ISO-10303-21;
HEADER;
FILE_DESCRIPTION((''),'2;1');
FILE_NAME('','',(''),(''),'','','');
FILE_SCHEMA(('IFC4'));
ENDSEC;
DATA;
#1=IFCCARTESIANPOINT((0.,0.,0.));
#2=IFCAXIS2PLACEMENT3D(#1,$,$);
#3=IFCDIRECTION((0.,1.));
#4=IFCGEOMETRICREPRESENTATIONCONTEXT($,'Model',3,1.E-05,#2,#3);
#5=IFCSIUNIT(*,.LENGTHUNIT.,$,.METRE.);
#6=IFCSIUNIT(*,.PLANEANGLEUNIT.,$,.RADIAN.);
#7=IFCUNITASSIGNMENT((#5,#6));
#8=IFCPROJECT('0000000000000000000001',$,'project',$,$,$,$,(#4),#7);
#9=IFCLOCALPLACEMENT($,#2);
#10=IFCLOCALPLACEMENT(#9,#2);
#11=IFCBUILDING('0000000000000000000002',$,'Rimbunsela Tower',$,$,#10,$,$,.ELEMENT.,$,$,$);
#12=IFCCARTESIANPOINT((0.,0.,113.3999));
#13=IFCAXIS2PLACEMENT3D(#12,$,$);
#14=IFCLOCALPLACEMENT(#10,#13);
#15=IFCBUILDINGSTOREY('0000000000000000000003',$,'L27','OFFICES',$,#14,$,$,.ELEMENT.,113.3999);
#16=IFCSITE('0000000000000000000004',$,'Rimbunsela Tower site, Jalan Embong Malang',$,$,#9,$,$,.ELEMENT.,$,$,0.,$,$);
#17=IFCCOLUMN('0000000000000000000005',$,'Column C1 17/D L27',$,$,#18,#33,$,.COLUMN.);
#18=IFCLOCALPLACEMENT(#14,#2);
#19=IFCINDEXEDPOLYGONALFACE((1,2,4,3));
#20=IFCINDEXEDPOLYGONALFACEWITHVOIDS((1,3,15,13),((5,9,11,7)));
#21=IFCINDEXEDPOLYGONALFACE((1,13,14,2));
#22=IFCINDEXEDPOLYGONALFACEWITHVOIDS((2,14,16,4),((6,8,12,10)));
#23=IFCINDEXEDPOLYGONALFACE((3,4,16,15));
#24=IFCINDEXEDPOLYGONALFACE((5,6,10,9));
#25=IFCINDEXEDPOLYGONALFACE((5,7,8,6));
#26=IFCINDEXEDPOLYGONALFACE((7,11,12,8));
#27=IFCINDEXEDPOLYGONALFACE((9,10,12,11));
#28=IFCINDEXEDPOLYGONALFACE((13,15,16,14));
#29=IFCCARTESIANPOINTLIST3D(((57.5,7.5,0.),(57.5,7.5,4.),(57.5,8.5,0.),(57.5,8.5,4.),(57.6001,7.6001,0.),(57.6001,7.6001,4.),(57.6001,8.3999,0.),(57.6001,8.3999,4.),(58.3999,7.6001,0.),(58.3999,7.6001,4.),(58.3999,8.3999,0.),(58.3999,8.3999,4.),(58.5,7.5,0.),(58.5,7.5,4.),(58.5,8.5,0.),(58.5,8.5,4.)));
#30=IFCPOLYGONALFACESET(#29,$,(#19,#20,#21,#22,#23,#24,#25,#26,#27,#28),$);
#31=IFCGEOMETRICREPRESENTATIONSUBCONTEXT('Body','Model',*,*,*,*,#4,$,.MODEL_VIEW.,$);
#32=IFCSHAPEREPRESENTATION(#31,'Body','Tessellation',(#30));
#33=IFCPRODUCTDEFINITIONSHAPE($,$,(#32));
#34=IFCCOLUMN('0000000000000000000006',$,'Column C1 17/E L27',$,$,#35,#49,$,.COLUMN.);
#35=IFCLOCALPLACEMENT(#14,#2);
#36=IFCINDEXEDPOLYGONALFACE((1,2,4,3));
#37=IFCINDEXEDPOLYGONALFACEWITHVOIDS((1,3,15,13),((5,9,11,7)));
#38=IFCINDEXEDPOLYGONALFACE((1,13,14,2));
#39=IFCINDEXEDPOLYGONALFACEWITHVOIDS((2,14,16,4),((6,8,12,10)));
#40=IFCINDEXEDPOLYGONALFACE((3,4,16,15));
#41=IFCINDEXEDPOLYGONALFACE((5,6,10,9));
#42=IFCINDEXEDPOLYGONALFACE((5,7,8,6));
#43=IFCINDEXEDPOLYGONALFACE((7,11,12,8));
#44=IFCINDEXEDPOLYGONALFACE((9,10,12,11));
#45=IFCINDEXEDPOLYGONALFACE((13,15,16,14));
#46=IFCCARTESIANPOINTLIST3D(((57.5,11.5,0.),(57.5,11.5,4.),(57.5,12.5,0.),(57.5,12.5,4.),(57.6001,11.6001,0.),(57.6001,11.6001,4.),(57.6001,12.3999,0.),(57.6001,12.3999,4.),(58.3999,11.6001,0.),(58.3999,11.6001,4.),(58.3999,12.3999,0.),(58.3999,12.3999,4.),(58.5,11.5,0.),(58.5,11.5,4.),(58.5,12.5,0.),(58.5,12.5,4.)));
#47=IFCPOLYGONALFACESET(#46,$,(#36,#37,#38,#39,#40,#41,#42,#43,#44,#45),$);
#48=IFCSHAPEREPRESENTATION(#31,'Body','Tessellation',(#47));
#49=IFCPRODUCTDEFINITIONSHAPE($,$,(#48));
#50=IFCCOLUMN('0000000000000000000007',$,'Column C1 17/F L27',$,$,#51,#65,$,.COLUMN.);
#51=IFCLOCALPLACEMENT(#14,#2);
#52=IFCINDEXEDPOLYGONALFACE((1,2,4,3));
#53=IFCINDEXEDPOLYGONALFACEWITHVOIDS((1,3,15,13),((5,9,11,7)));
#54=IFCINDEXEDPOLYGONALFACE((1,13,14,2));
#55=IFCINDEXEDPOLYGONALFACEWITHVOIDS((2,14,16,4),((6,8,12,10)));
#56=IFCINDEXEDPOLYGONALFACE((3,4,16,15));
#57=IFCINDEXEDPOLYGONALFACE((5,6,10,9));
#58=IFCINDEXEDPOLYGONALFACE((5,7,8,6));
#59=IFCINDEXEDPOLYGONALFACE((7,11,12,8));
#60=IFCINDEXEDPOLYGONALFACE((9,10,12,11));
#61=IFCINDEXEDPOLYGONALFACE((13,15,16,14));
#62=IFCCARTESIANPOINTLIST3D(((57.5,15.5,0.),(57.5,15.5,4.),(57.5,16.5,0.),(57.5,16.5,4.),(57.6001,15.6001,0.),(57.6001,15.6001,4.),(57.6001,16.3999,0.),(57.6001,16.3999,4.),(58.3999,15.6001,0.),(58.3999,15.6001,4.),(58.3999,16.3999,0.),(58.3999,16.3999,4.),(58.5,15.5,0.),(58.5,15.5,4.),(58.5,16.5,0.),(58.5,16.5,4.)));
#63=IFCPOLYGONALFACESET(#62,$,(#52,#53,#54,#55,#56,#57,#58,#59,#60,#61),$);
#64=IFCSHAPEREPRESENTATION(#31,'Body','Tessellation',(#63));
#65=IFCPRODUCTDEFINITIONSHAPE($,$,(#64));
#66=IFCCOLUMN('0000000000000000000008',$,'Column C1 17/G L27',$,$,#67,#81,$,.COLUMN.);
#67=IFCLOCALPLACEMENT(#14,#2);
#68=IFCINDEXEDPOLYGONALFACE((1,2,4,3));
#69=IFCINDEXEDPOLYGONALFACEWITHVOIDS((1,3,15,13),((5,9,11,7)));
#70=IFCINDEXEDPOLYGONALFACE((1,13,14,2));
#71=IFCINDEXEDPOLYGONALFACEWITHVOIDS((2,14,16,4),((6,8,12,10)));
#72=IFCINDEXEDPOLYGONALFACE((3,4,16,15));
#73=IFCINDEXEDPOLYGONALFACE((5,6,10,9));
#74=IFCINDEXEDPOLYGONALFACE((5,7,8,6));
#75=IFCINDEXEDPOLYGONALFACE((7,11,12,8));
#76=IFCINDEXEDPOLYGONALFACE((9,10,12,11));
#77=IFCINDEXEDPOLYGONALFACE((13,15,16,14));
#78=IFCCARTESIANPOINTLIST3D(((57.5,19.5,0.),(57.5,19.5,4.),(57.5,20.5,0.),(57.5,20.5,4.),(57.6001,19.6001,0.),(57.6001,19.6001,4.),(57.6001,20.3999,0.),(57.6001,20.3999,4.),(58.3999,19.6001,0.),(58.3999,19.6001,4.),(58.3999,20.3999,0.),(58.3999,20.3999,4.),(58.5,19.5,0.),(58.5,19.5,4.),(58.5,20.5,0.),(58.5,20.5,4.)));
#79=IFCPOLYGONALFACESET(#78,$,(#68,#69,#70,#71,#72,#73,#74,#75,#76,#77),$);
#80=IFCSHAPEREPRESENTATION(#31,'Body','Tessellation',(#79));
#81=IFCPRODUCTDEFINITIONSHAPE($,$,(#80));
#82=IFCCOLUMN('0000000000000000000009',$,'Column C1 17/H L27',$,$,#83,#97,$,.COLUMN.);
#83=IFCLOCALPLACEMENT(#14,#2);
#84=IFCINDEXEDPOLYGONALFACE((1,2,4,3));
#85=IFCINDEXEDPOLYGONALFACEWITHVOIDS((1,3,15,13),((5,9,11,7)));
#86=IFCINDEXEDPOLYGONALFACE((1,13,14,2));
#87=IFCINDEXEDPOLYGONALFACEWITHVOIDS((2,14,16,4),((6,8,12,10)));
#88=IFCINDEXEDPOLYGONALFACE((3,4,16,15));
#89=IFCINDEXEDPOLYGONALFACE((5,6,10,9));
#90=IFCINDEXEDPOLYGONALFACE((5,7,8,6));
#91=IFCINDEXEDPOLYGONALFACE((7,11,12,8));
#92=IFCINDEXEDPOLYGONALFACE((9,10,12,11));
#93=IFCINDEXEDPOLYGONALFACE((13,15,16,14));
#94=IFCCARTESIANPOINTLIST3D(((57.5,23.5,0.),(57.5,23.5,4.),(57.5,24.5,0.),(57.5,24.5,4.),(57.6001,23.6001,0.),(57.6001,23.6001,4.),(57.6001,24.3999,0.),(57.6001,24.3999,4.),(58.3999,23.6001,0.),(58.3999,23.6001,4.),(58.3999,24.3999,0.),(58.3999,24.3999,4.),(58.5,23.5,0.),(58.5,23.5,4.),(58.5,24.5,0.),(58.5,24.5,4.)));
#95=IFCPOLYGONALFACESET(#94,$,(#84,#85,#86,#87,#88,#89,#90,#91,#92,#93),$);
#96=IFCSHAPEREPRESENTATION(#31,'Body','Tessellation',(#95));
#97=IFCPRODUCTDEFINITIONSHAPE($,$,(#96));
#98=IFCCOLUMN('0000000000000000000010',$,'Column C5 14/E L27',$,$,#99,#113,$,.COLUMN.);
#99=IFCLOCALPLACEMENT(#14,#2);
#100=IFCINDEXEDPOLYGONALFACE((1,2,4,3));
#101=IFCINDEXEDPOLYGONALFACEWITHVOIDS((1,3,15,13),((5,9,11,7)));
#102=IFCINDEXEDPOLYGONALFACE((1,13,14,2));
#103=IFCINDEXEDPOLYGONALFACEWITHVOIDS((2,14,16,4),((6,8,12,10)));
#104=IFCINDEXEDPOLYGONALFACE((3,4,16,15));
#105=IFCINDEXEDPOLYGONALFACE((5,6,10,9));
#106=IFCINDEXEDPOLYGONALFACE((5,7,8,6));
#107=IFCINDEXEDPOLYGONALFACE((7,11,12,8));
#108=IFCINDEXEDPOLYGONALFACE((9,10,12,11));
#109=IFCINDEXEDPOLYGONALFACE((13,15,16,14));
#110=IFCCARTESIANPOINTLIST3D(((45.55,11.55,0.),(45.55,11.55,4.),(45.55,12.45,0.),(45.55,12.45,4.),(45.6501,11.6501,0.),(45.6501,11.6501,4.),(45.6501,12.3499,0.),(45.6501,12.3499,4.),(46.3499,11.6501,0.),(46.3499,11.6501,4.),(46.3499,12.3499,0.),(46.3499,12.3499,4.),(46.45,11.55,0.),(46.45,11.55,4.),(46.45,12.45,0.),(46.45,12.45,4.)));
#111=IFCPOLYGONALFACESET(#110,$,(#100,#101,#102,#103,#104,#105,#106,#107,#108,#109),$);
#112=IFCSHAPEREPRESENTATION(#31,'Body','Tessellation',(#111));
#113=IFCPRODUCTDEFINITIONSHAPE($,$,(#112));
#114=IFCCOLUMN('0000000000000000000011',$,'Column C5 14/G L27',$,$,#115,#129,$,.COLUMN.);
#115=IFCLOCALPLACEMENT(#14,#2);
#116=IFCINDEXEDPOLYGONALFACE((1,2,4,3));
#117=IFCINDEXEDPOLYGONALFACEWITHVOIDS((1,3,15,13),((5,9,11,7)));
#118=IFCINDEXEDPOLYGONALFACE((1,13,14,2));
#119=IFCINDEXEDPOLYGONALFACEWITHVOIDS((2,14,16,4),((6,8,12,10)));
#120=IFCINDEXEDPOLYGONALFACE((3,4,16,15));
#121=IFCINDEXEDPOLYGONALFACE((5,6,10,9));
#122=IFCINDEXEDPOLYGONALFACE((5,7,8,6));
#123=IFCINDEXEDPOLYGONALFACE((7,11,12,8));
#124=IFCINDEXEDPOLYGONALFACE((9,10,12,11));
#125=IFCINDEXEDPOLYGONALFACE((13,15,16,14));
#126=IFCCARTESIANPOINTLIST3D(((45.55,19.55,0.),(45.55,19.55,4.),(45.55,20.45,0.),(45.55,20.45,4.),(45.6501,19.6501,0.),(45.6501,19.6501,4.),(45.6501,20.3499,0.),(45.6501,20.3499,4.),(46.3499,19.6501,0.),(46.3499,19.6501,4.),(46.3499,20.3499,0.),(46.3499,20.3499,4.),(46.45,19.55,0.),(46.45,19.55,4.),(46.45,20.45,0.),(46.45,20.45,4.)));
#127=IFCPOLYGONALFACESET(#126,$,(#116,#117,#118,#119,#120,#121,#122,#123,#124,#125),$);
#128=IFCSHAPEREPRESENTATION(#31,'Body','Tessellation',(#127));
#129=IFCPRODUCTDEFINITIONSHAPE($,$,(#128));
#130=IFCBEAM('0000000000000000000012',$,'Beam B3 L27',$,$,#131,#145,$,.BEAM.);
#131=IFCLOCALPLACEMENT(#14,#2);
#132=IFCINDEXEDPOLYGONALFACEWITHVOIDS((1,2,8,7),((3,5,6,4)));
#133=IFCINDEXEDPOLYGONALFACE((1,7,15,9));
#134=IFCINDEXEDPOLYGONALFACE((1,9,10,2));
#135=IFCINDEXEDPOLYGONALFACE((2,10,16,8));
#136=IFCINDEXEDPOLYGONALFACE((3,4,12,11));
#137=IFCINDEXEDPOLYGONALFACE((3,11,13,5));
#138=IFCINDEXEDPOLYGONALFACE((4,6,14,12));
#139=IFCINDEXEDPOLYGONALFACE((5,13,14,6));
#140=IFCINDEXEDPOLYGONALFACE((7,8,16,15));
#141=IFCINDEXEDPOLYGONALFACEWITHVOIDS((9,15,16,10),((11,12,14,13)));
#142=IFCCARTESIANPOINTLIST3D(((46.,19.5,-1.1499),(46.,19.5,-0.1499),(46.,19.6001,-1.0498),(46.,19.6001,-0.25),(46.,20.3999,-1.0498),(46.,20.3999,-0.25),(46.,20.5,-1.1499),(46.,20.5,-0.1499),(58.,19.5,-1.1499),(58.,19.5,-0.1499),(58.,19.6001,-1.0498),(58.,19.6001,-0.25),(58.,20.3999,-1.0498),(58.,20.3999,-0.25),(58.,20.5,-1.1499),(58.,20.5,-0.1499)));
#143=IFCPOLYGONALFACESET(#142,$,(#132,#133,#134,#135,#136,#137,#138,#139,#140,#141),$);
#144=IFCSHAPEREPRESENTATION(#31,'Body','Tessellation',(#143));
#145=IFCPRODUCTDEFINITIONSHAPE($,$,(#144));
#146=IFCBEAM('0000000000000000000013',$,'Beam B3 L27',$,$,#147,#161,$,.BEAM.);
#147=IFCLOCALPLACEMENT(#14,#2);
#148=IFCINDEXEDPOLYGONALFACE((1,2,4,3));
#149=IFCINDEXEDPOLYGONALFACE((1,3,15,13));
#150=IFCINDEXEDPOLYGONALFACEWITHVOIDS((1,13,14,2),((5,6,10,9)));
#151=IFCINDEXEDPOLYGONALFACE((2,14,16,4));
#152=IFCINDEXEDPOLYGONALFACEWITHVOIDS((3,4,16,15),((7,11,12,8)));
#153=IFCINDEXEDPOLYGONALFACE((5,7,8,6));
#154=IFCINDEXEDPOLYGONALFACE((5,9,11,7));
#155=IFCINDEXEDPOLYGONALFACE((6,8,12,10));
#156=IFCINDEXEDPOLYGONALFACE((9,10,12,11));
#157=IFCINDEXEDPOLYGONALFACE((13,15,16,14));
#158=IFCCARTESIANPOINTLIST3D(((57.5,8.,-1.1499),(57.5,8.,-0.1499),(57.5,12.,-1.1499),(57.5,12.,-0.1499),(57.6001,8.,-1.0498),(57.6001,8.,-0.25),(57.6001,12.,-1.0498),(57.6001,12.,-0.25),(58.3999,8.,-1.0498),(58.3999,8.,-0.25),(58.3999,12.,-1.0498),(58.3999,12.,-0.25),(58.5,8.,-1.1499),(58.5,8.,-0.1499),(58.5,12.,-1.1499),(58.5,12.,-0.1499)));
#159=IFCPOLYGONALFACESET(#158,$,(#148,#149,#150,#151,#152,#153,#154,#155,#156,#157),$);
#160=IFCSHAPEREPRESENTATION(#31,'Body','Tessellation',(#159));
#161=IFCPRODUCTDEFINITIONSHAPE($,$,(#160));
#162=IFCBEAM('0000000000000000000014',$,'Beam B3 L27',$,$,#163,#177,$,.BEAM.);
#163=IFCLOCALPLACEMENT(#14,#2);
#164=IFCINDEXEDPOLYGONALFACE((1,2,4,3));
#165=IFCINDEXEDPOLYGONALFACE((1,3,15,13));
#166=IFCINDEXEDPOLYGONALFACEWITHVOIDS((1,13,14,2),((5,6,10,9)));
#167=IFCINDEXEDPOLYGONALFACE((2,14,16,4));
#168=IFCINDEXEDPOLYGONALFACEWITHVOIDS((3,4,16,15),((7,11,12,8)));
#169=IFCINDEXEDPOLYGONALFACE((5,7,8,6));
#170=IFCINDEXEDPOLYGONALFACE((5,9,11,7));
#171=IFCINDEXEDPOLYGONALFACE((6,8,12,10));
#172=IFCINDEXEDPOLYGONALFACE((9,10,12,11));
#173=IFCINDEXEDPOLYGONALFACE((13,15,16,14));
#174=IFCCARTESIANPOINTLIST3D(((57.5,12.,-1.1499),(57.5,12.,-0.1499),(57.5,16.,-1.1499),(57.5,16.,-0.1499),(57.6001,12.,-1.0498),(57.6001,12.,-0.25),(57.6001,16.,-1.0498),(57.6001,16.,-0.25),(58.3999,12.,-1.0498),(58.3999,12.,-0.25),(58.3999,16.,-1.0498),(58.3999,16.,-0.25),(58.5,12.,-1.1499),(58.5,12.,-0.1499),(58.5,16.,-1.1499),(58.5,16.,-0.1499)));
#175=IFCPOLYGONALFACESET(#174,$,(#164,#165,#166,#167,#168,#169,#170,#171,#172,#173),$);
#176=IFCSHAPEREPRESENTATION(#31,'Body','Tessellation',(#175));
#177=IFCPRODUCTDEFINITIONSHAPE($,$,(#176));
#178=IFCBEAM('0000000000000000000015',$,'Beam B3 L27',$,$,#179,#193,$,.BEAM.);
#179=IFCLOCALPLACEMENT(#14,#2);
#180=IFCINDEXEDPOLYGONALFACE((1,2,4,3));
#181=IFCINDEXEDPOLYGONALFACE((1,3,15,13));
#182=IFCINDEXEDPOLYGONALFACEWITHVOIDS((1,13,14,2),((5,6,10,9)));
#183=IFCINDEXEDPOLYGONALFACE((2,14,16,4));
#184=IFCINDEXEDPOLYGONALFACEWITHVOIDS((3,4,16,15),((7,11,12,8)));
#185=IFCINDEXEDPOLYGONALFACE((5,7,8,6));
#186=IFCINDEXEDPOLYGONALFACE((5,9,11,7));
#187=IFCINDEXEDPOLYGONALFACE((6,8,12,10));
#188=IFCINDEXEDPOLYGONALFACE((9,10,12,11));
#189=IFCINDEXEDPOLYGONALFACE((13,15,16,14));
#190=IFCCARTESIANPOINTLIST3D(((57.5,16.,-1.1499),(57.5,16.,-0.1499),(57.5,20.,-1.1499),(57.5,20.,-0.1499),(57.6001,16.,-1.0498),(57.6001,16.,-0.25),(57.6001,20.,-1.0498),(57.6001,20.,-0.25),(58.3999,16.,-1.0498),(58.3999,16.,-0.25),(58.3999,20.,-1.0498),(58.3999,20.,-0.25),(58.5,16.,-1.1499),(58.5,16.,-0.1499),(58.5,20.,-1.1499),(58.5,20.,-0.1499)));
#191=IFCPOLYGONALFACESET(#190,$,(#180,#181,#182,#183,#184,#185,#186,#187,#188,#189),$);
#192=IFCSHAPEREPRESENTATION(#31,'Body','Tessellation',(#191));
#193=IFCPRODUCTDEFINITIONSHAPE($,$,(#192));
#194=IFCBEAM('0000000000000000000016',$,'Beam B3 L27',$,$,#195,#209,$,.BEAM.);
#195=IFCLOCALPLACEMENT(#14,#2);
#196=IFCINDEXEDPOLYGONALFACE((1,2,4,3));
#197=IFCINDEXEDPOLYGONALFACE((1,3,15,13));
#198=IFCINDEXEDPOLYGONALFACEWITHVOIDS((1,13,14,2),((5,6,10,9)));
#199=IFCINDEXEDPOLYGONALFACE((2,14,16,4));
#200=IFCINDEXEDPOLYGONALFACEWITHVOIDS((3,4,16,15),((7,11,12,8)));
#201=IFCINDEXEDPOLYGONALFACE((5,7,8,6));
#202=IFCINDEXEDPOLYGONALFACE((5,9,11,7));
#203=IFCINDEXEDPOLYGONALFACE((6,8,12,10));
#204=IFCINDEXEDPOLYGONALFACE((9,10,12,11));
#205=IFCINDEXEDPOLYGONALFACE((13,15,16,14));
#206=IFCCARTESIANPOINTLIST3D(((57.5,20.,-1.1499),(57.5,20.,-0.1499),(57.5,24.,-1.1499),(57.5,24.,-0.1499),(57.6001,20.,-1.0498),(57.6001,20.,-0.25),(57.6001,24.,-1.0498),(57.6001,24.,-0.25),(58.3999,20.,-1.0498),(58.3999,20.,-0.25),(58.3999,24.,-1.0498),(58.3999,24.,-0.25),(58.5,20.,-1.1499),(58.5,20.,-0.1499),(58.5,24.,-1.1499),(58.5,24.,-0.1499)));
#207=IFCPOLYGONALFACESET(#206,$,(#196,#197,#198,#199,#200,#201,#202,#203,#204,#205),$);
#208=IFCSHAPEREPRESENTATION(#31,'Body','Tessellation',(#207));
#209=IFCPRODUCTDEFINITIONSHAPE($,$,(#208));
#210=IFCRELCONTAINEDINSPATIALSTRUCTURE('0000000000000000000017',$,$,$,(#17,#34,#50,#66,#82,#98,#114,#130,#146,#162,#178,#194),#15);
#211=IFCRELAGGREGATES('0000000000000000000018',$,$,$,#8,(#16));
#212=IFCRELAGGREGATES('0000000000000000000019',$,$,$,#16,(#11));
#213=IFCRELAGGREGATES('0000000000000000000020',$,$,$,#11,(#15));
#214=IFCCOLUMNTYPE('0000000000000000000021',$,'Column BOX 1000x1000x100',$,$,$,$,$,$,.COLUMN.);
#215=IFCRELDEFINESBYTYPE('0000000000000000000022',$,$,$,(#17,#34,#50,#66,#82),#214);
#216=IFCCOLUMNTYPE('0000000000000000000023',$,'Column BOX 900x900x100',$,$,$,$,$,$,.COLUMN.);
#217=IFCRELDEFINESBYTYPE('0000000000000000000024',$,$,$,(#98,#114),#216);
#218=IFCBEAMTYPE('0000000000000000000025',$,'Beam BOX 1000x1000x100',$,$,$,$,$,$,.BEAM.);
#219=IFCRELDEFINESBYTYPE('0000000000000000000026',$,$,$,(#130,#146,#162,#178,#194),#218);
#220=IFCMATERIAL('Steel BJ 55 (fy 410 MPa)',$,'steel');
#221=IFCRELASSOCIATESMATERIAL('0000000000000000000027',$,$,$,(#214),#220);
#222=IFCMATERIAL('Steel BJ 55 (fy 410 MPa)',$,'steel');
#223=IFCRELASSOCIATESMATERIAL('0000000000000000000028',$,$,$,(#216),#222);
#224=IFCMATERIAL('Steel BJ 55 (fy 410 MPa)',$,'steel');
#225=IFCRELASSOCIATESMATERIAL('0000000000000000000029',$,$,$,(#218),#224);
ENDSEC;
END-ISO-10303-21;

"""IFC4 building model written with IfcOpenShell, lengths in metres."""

from ifc_helpers import new_model, si_unit, direction, frame, origin, origin_2d, place, context, subcontext, project, spatial, hollow_rectangle, extrude, material, material_profile, profile_set, type_object, element, save


model = new_model("IFC4")

# Units and contexts
model_context = context("Model", 3, precision=1e-05, world=origin(), true_north=direction((0.0, 1.0)))
body_context = subcontext(model_context, "Body", "Model", "MODEL_VIEW")
ifc_project = project(units=[si_unit("LENGTHUNIT", "METRE"), si_unit("PLANEANGLEUNIT", "RADIAN")], contexts=[model_context])

# Site, building, storey
site_placement = place(None, origin())
site = spatial("IfcSite", under=ifc_project, at=site_placement, Name="Rimbunsela Tower site, Jalan Embong Malang", CompositionType="ELEMENT", RefElevation=0.0)
building_placement = place(site_placement, origin())
building = spatial("IfcBuilding", under=site, at=building_placement, Name="Rimbunsela Tower", CompositionType="ELEMENT")
storey_placement = place(building_placement, frame((0.0, 0.0, 113.3999)))
storey = spatial("IfcBuildingStorey", under=building, at=storey_placement, Name="L27", Description="OFFICES", CompositionType="ELEMENT", Elevation=113.3999)

# Columns
ifc_material_1 = material(Name="Steel BJ 55 (fy 410 MPa)", Category="steel")
ifc_material_profile_1 = material_profile(ifc_material_1, hollow_rectangle(XDim=1.0, YDim=1.0, WallThickness=0.1001, at=origin_2d()), Name="BOX 1000x1000x100")
ifc_profile_set_1 = profile_set([ifc_material_profile_1], Name="Steel BJ 55 (fy 410 MPa)")
column_type_1 = type_object("IfcColumnType", Name="Column BOX 1000x1000x100", PredefinedType="COLUMN", material=ifc_profile_set_1)
for number, where, z_axis, x_axis, name in (
    (1, (58.0, 8.0, 0.0), (0.0, 0.0, 1.0), (1.0, 0.0, 0.0), "Column C1 17/D L27"),
    (2, (58.0, 12.0, 0.0), (0.0, 0.0, 1.0), (1.0, 0.0, 0.0), "Column C1 17/E L27"),
    (3, (58.0, 16.0, 0.0), (0.0, 0.0, 1.0), (1.0, 0.0, 0.0), "Column C1 17/F L27"),
    (4, (58.0, 20.0, 0.0), (0.0, 0.0, 1.0), (1.0, 0.0, 0.0), "Column C1 17/G L27"),
    (5, (58.0, 24.0, 0.0), (0.0, 0.0, 1.0), (1.0, 0.0, 0.0), "Column C1 17/H L27"),
):
    element("IfcColumn", number, at=place(storey_placement, frame(where, z_axis=z_axis, x_axis=x_axis)), inside=storey, type_object=column_type_1, Name=name, PredefinedType="COLUMN", context=body_context, shape_type="SweptSolid", body=[
        extrude(hollow_rectangle(XDim=1.0, YDim=1.0, WallThickness=0.1001, at=origin_2d()), origin(), (0.0, 0.0, 1.0), 4.0),
    ])
ifc_material_2 = material(Name="Steel BJ 55 (fy 410 MPa)", Category="steel")
ifc_material_profile_2 = material_profile(ifc_material_2, hollow_rectangle(XDim=0.8999, YDim=0.8999, WallThickness=0.1001, at=origin_2d()), Name="BOX 900x900x100")
ifc_profile_set_2 = profile_set([ifc_material_profile_2], Name="Steel BJ 55 (fy 410 MPa)")
column_type_2 = type_object("IfcColumnType", Name="Column BOX 900x900x100", PredefinedType="COLUMN", material=ifc_profile_set_2)
for number, where, z_axis, x_axis, name in (
    (6, (46.0, 12.0, 0.0), (0.0, 0.0, 1.0), (1.0, 0.0, 0.0), "Column C5 14/E L27"),
    (7, (46.0, 20.0, 0.0), (0.0, 0.0, 1.0), (1.0, 0.0, 0.0), "Column C5 14/G L27"),
):
    element("IfcColumn", number, at=place(storey_placement, frame(where, z_axis=z_axis, x_axis=x_axis)), inside=storey, type_object=column_type_2, Name=name, PredefinedType="COLUMN", context=body_context, shape_type="SweptSolid", body=[
        extrude(hollow_rectangle(XDim=0.8999, YDim=0.8999, WallThickness=0.1001, at=origin_2d()), origin(), (0.0, 0.0, 1.0), 4.0),
    ])

# Beams
ifc_material_3 = material(Name="Steel BJ 55 (fy 410 MPa)", Category="steel")
ifc_material_profile_3 = material_profile(ifc_material_3, hollow_rectangle(XDim=1.0, YDim=1.0, WallThickness=0.1001, at=origin_2d()), Name="BOX 1000x1000x100")
ifc_profile_set_3 = profile_set([ifc_material_profile_3], Name="Steel BJ 55 (fy 410 MPa)")
beam_type_1 = type_object("IfcBeamType", Name="Beam BOX 1000x1000x100", PredefinedType="BEAM", material=ifc_profile_set_3)
beam_1_placement = place(storey_placement, frame((46.0, 20.0, -0.6499), z_axis=(1.0, 0.0, 0.0), x_axis=(0.0, 1.0, 0.0)))
element("IfcBeam", 8, at=beam_1_placement, inside=storey, type_object=beam_type_1, Name="Beam B3 L27", PredefinedType="BEAM", context=body_context, shape_type="SweptSolid", body=[
    extrude(hollow_rectangle(XDim=1.0, YDim=1.0, WallThickness=0.1001, at=origin_2d()), origin(), (0.0, 0.0, 1.0), 12.0),
])
for number, where, z_axis, x_axis, name in (
    (9, (58.0, 8.0, -0.6499), (0.0, 1.0, 0.0), (-1.0, 0.0, 0.0), "Beam B3 L27"),
    (10, (58.0, 12.0, -0.6499), (0.0, 1.0, 0.0), (-1.0, 0.0, 0.0), "Beam B3 L27"),
    (11, (58.0, 16.0, -0.6499), (0.0, 1.0, 0.0), (-1.0, 0.0, 0.0), "Beam B3 L27"),
    (12, (58.0, 20.0, -0.6499), (0.0, 1.0, 0.0), (-1.0, 0.0, 0.0), "Beam B3 L27"),
):
    element("IfcBeam", number, at=place(storey_placement, frame(where, z_axis=z_axis, x_axis=x_axis)), inside=storey, type_object=beam_type_1, Name=name, PredefinedType="BEAM", context=body_context, shape_type="SweptSolid", body=[
        extrude(hollow_rectangle(XDim=1.0, YDim=1.0, WallThickness=0.1001, at=origin_2d()), origin(), (0.0, 0.0, 1.0), 4.0),
    ])

save(model, "model.ifc")
